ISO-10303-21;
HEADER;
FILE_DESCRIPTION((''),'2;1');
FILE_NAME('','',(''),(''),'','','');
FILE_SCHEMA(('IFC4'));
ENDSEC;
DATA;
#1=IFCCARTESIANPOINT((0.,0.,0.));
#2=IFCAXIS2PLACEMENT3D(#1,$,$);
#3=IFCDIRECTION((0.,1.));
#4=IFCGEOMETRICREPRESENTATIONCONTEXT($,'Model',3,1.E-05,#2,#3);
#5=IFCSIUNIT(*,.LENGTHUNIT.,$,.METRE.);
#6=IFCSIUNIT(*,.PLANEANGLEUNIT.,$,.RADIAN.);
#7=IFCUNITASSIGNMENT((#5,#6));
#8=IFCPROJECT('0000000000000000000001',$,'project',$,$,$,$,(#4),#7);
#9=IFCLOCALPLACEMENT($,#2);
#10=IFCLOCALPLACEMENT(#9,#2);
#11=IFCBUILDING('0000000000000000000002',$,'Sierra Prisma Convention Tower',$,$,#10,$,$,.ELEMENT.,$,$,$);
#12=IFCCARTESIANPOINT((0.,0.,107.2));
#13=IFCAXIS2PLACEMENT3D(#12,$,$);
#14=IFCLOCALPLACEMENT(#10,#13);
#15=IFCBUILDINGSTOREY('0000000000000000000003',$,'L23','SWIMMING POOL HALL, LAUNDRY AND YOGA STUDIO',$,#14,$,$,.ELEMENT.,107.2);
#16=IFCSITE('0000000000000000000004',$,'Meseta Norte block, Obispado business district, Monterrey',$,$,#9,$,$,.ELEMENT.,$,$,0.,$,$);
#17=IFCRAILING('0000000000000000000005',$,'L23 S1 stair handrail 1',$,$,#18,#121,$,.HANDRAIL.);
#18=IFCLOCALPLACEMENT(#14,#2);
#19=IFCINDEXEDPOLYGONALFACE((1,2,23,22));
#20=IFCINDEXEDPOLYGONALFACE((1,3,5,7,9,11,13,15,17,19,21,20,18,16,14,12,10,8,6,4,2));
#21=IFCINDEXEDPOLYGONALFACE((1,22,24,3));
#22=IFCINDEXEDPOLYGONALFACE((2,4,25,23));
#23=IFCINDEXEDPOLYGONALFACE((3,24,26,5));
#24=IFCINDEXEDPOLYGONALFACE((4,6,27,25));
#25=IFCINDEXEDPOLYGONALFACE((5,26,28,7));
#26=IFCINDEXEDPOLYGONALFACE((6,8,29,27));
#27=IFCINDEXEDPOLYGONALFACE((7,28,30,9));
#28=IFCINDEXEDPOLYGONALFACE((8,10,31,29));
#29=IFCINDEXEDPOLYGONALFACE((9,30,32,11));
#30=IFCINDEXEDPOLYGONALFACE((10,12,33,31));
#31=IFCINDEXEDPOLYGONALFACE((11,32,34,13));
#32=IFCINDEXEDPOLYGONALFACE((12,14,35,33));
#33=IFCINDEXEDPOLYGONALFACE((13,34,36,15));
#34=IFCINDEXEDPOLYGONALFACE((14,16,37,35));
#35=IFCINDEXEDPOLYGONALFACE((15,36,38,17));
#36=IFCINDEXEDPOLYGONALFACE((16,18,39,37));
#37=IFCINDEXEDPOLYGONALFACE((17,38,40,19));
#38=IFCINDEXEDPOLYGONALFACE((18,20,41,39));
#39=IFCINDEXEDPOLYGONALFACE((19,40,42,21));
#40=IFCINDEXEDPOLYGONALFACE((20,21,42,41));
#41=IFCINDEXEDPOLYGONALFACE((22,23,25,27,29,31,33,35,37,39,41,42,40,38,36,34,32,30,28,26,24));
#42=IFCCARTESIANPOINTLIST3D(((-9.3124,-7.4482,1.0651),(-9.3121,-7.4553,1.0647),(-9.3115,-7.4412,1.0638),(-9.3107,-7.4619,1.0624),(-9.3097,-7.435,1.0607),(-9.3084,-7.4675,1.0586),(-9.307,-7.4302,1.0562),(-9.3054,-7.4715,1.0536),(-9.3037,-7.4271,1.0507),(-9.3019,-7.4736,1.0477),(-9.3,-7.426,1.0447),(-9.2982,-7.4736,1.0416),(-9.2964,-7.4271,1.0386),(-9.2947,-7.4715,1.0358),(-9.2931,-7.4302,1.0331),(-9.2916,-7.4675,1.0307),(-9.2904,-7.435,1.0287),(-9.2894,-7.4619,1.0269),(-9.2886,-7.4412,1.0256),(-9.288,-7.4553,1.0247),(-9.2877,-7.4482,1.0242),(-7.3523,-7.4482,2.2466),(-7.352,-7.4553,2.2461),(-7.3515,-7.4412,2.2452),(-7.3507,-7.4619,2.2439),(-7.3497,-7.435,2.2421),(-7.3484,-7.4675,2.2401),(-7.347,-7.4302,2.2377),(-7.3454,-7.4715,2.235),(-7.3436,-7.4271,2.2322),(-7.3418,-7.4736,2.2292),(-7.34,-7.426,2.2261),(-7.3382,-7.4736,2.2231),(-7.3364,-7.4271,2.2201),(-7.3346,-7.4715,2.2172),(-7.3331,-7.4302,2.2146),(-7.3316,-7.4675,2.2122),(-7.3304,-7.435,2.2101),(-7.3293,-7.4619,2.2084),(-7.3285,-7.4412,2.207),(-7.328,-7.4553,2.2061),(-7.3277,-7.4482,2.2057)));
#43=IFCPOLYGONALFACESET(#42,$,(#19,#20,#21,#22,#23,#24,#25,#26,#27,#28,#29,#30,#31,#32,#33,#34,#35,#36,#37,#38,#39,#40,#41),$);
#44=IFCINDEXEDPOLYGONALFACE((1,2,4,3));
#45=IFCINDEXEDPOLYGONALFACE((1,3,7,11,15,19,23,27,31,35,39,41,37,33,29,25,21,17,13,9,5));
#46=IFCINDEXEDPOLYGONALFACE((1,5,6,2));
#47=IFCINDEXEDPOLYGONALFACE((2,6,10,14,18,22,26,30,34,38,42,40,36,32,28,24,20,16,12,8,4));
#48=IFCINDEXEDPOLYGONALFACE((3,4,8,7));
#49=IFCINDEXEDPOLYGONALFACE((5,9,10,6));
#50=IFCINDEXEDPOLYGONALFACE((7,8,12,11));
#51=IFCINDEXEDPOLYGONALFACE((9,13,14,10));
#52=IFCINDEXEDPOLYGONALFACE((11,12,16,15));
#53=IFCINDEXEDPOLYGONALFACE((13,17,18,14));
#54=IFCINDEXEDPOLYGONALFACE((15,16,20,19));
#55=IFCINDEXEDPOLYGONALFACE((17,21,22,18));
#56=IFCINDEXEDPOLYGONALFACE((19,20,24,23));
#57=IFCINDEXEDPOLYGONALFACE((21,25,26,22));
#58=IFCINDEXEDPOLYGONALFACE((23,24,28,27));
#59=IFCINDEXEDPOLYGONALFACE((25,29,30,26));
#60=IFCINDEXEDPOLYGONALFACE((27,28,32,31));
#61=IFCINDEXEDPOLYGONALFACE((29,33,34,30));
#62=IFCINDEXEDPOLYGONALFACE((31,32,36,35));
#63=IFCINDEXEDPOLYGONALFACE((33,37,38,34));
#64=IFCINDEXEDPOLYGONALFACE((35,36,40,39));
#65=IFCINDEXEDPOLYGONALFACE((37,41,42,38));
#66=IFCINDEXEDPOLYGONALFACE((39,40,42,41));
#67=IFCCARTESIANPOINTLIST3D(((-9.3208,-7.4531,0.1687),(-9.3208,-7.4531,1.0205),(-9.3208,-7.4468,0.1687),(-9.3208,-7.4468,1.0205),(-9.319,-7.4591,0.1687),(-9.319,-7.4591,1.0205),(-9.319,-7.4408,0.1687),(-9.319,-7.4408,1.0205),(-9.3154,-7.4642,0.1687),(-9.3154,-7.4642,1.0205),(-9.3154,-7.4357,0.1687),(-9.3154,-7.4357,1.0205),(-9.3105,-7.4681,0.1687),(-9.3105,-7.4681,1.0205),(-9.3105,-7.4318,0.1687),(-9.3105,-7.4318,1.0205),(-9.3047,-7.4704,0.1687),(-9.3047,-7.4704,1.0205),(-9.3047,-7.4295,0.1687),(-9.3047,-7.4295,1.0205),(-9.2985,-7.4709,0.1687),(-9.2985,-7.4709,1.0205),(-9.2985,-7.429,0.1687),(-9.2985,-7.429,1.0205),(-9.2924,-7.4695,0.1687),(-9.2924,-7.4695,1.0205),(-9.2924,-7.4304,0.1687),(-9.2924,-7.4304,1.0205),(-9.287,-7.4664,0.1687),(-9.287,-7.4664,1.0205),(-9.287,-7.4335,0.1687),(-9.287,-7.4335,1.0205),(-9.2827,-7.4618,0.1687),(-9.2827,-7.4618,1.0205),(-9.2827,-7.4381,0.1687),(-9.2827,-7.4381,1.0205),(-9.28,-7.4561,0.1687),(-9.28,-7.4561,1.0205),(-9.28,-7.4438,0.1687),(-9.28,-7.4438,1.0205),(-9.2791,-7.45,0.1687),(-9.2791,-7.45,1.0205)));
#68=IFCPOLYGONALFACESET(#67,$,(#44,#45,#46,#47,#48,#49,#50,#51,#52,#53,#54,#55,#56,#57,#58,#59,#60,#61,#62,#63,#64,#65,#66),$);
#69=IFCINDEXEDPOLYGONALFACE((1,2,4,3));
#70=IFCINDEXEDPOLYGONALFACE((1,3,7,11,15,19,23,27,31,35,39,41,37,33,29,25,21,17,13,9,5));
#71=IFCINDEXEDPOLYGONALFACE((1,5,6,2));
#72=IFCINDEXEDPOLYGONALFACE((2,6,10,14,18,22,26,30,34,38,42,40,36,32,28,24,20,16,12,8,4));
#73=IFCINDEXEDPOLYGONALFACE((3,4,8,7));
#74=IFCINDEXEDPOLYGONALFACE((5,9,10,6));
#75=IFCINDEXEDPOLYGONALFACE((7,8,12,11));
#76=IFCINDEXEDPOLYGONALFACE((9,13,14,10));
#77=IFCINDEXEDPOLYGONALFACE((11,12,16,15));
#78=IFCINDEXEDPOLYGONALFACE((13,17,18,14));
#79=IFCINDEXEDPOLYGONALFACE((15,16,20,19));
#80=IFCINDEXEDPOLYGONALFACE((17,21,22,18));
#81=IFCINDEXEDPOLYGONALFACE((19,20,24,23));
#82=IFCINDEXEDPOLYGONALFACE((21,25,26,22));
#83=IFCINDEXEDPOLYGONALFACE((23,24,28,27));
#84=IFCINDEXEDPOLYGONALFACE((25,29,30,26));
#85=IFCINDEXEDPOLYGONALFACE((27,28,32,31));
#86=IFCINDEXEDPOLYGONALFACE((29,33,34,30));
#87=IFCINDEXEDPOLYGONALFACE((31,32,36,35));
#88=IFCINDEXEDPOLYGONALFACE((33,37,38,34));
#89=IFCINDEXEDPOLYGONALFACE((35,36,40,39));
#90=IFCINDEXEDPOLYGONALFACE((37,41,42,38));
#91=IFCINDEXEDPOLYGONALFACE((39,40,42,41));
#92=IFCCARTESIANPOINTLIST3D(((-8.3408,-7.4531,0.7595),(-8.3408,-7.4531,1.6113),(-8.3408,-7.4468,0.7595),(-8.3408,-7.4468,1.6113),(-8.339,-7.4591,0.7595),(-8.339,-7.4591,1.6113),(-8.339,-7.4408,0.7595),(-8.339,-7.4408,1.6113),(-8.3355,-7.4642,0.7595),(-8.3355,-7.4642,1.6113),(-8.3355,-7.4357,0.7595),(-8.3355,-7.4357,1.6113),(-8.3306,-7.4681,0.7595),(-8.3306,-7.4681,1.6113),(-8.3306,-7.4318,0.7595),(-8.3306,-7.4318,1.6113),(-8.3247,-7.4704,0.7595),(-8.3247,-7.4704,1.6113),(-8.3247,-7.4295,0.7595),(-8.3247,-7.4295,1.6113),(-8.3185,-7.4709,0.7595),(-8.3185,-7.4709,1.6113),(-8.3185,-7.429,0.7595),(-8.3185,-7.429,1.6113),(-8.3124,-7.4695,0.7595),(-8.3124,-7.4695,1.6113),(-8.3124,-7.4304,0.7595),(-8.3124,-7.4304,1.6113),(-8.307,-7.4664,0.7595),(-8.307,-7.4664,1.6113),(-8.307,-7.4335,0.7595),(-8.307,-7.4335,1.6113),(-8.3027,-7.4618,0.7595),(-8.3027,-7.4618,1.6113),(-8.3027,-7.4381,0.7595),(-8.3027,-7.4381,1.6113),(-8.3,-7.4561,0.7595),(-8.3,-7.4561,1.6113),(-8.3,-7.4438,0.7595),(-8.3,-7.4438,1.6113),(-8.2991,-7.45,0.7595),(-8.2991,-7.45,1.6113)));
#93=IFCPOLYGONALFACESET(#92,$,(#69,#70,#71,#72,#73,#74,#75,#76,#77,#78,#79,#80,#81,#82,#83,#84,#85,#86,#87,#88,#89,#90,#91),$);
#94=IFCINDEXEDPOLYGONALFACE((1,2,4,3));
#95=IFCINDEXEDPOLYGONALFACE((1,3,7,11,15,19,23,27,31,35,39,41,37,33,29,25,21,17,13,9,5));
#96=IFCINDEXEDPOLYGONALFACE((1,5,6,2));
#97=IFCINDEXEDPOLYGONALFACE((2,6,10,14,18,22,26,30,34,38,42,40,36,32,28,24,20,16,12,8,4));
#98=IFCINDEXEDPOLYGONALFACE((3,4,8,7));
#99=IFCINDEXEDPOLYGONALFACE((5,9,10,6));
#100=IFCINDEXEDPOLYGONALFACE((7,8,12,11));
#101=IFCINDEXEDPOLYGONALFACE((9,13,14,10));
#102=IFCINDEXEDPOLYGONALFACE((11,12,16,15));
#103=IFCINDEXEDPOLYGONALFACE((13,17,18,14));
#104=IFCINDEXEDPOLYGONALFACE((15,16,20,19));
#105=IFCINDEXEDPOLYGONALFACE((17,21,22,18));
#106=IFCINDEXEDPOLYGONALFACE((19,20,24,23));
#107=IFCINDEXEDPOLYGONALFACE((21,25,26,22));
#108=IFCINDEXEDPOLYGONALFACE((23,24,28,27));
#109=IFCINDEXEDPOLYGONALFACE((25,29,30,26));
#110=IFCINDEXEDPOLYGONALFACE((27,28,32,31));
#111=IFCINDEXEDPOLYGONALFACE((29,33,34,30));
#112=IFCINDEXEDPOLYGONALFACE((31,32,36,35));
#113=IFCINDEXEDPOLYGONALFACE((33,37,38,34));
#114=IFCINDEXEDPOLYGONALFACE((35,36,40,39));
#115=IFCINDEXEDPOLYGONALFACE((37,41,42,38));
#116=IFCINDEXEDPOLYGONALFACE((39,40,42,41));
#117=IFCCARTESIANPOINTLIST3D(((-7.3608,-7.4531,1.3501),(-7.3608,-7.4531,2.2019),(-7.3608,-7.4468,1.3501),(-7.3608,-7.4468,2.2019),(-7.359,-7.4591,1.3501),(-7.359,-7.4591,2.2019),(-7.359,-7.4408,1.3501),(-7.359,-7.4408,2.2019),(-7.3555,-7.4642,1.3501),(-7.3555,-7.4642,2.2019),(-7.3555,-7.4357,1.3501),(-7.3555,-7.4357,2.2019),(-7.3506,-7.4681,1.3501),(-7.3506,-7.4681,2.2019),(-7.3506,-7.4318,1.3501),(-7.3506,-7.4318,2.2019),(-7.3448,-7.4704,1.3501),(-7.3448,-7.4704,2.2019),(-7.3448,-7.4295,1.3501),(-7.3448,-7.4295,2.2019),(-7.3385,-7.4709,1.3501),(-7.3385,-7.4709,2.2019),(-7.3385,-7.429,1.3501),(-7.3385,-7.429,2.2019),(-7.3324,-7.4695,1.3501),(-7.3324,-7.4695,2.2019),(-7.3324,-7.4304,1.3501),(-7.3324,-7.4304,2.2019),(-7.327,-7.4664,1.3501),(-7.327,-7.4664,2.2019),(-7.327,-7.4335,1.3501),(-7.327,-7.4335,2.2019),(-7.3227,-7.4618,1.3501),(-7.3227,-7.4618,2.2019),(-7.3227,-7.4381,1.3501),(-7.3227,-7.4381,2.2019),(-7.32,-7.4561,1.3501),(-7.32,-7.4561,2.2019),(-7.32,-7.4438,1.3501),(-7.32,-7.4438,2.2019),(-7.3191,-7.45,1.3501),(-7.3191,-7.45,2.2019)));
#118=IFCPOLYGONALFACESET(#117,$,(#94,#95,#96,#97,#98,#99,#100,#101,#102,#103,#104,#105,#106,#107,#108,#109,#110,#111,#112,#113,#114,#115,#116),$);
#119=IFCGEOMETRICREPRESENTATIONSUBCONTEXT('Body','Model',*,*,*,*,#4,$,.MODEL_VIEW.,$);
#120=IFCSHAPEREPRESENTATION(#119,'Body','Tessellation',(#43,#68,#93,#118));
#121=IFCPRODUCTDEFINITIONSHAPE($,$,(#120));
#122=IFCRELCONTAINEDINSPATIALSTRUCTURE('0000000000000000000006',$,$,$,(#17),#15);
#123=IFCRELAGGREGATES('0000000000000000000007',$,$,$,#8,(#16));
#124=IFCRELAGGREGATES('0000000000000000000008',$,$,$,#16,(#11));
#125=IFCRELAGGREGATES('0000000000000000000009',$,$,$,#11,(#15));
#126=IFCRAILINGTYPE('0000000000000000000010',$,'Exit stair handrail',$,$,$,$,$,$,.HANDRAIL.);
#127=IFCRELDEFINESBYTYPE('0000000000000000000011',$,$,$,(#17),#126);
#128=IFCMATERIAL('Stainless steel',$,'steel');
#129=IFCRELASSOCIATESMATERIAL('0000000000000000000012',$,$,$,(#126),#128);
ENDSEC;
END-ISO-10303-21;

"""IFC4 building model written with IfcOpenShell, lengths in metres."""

from ifc_helpers import new_model, si_unit, direction, frame, origin, origin_2d, place, context, subcontext, project, spatial, circle, extrude, material, type_object, element, save


model = new_model("IFC4")

# Units and contexts
model_context = context("Model", 3, precision=1e-05, world=origin(), true_north=direction((0.0, 1.0)))
body_context = subcontext(model_context, "Body", "Model", "MODEL_VIEW")
ifc_project = project(units=[si_unit("LENGTHUNIT", "METRE"), si_unit("PLANEANGLEUNIT", "RADIAN")], contexts=[model_context])

# Site, building, storey
site_placement = place(None, origin())
site = spatial("IfcSite", under=ifc_project, at=site_placement, Name="Meseta Norte block, Obispado business district, Monterrey", CompositionType="ELEMENT", RefElevation=0.0)
building_placement = place(site_placement, origin())
building = spatial("IfcBuilding", under=site, at=building_placement, Name="Sierra Prisma Convention Tower", CompositionType="ELEMENT")
storey_placement = place(building_placement, frame((0.0, 0.0, 107.2)))
storey = spatial("IfcBuildingStorey", under=building, at=storey_placement, Name="L23", Description="SWIMMING POOL HALL, LAUNDRY AND YOGA STUDIO", CompositionType="ELEMENT", Elevation=107.2)

# Railing
ifc_material_1 = material(Name="Stainless steel", Category="steel")
railing_type_1 = type_object("IfcRailingType", Name="Exit stair handrail", PredefinedType="HANDRAIL", material=ifc_material_1)
railing_1_placement = place(storey_placement, frame((-9.3, -7.45, 0.1687)))
element("IfcRailing", 1, at=railing_1_placement, inside=storey, type_object=railing_type_1, Name="L23 S1 stair handrail 1", PredefinedType="HANDRAIL", context=body_context, shape_type="SweptSolid", body=[
    extrude(circle(Radius=0.0239, at=origin_2d()), frame((0.0, 0.0, 0.876), z_axis=(0.856446, 0.0, 0.516236), x_axis=(0.0, 1.0, 0.0)), (0.0, 0.0, 1.0), 2.2886),
    extrude(circle(Radius=0.021, at=origin_2d()), origin(), (0.0, 0.0, 1.0), 0.8518),
    extrude(circle(Radius=0.021, at=origin_2d()), frame((0.98, 0.0, 0.5908)), (0.0, 0.0, 1.0), 0.8518),
    extrude(circle(Radius=0.021, at=origin_2d()), frame((1.96, 0.0, 1.1814)), (0.0, 0.0, 1.0), 0.8518),
])

save(model, "model.ifc")
